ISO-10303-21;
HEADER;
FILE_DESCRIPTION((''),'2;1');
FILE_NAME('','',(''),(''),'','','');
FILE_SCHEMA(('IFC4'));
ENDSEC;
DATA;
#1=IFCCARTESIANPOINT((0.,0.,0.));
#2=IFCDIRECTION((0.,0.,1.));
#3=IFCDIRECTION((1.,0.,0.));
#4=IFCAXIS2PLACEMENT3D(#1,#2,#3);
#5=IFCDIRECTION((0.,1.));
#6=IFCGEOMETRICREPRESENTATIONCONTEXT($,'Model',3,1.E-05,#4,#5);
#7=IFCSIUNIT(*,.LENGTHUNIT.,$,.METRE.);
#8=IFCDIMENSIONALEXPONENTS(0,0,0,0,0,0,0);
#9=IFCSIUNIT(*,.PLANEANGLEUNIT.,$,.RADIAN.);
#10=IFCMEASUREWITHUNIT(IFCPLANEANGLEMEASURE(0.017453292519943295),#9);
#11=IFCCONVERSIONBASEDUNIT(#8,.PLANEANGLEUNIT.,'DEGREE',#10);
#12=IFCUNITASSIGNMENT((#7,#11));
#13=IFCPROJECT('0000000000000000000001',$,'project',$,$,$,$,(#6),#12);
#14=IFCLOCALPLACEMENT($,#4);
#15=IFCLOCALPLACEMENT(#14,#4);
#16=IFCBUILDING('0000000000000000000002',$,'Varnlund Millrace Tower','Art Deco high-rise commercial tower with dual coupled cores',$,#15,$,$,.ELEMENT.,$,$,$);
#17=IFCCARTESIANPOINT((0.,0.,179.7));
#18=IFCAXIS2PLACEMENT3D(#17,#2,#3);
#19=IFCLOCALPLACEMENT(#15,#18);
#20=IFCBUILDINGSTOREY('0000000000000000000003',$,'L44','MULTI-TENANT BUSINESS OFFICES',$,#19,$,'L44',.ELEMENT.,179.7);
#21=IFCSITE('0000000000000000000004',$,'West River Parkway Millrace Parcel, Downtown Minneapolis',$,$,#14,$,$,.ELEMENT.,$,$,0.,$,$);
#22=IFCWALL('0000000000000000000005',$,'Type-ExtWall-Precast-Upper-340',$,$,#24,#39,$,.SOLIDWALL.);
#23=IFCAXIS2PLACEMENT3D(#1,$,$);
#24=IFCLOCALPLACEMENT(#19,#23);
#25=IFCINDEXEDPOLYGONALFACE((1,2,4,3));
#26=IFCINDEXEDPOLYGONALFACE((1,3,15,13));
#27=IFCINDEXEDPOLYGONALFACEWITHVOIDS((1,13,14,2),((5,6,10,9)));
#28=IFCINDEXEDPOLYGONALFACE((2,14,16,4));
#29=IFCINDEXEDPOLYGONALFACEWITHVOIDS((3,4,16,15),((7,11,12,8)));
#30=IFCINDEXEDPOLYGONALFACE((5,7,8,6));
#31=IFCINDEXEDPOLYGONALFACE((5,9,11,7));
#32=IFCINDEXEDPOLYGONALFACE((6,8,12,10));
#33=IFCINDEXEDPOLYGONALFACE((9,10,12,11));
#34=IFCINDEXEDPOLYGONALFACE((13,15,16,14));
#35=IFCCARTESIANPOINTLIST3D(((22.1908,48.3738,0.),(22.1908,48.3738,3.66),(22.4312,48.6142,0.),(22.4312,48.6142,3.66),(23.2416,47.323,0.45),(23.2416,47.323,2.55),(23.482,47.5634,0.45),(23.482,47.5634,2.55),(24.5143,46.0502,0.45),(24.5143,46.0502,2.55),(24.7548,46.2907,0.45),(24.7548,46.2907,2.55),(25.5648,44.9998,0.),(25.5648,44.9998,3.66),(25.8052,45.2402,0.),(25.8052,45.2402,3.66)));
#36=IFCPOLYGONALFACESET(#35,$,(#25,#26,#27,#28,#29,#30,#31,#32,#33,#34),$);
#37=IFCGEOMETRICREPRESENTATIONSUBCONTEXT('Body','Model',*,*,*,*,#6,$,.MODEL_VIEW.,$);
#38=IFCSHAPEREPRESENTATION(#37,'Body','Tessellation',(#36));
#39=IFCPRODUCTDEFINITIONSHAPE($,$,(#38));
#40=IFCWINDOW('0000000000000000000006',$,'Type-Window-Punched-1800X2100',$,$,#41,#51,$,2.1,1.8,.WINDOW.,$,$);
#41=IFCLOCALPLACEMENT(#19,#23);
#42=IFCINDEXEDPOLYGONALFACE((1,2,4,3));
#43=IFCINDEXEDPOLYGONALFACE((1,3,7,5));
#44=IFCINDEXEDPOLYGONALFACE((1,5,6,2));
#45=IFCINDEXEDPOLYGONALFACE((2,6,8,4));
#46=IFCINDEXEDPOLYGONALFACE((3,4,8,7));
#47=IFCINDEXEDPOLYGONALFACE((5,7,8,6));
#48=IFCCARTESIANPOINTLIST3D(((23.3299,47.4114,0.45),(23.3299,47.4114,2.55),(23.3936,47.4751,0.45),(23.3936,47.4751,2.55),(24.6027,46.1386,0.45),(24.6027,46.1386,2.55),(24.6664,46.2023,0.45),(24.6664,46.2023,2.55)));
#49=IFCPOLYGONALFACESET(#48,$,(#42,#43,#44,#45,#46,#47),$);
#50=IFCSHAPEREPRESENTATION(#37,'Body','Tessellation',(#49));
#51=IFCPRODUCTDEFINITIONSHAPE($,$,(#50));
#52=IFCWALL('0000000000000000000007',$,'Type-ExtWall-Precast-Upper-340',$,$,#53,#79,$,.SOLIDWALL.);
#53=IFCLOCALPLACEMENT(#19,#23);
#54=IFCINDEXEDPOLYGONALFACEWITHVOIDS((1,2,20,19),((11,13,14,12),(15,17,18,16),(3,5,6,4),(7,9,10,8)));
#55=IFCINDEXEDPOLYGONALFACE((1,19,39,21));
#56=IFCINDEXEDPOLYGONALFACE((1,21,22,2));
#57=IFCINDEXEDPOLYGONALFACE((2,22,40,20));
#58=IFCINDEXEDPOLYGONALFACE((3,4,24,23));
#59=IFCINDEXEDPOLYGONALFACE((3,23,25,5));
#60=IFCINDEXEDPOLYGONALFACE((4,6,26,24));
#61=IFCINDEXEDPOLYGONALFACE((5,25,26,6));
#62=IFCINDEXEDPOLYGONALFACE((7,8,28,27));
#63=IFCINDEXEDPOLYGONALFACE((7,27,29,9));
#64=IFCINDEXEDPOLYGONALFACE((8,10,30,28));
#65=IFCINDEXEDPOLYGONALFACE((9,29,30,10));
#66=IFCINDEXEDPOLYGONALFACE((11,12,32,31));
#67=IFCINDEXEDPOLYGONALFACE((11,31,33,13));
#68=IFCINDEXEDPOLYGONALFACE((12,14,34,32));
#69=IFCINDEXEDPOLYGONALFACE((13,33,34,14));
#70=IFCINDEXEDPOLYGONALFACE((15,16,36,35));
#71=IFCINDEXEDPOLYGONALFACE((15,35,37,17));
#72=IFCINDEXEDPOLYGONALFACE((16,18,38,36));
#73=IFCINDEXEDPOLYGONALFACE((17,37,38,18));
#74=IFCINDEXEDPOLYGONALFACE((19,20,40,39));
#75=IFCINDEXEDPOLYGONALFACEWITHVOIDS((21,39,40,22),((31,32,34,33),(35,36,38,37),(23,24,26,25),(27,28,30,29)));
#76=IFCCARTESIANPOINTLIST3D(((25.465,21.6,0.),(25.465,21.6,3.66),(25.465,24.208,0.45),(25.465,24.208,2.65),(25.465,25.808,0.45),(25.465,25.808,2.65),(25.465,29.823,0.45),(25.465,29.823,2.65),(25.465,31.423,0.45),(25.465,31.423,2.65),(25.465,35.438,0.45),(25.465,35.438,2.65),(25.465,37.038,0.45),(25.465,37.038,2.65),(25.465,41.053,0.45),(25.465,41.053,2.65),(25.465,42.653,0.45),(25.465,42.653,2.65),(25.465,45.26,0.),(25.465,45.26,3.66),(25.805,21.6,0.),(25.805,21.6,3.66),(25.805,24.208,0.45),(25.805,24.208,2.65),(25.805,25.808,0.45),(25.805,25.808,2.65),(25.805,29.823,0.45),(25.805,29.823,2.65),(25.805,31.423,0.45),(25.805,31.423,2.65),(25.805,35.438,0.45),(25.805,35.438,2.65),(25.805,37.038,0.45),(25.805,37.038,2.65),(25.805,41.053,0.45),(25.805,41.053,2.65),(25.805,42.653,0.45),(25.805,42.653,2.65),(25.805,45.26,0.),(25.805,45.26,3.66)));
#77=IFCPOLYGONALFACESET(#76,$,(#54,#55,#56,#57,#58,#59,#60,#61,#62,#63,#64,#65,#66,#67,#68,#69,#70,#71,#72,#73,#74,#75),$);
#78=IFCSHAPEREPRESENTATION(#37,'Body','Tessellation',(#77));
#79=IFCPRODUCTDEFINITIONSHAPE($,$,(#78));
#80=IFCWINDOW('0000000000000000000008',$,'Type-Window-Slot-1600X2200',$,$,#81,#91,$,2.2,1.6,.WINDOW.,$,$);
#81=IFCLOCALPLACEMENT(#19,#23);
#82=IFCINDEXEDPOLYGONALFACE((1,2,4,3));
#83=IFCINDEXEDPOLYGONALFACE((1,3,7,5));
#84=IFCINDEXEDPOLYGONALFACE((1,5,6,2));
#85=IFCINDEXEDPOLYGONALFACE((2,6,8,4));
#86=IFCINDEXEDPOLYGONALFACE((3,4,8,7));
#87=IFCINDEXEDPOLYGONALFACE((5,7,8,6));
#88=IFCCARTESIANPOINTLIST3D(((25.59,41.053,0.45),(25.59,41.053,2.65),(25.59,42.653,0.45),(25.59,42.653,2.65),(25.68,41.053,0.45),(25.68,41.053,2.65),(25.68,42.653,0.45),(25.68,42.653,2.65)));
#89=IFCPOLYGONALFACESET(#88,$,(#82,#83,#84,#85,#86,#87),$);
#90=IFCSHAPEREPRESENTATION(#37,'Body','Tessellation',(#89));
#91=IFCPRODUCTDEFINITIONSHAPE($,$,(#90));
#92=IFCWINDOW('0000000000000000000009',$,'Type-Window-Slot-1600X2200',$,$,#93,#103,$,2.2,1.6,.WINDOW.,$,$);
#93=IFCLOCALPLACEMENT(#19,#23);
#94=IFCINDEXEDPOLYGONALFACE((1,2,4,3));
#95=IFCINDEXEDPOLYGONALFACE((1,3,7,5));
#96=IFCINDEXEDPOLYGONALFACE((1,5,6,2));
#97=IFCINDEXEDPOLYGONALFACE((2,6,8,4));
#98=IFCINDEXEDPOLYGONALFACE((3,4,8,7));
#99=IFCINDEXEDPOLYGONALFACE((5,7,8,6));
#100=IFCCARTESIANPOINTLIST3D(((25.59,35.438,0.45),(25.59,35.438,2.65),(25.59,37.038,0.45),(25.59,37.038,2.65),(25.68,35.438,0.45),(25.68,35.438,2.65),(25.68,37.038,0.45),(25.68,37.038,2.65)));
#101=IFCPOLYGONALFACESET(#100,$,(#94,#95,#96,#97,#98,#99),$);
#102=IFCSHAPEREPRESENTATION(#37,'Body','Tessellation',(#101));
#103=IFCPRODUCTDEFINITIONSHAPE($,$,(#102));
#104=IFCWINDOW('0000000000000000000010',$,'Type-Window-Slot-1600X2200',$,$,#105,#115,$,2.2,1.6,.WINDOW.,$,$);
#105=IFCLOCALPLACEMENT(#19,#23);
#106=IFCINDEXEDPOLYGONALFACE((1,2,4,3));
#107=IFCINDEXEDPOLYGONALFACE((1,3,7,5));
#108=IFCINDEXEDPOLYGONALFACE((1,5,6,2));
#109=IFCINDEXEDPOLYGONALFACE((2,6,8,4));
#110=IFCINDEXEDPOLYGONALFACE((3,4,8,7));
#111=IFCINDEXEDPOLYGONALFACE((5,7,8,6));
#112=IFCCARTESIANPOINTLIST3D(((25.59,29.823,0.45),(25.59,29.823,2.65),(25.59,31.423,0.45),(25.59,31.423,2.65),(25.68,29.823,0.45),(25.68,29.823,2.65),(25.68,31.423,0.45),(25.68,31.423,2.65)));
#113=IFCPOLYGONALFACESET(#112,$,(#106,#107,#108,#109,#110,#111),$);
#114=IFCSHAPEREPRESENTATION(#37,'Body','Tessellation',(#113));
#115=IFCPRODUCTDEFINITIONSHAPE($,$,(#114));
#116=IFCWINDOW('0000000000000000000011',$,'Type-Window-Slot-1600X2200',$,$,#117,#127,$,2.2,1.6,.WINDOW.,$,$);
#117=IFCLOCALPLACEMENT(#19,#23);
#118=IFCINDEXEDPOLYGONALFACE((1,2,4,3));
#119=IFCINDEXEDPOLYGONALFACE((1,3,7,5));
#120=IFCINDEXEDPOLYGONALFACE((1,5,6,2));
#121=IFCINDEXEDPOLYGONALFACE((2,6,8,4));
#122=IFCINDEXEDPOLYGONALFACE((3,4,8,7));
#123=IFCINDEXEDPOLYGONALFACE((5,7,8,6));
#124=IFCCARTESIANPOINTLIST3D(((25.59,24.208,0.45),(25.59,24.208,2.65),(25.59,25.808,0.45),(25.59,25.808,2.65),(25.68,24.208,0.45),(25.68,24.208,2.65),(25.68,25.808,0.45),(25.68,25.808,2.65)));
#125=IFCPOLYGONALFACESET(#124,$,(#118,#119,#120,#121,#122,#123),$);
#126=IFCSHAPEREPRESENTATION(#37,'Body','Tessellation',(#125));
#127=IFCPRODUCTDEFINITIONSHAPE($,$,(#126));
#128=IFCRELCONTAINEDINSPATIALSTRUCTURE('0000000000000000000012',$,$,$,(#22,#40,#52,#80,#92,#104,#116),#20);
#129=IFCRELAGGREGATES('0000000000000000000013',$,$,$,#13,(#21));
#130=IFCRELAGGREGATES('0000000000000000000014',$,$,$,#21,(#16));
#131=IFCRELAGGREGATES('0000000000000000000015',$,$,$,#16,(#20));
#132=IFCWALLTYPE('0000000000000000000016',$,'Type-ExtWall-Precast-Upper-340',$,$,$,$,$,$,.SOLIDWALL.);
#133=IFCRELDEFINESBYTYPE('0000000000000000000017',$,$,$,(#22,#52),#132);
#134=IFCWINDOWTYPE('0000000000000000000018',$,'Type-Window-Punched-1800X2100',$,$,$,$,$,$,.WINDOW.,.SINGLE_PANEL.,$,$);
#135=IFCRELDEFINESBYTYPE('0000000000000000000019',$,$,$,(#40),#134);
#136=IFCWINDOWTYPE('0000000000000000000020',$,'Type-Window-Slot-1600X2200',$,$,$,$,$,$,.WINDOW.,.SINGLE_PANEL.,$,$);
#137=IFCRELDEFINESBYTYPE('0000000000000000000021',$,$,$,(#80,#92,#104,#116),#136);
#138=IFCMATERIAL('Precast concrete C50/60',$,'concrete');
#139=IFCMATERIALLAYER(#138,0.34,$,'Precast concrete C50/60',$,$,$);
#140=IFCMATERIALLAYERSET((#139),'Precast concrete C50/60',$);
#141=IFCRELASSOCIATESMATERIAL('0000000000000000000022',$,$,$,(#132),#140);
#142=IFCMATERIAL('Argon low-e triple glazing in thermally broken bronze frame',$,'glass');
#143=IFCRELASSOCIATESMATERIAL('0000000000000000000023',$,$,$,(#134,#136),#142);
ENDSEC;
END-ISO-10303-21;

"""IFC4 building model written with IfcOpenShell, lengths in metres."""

from ifc_helpers import new_model, entity, si_unit, converted_unit, direction, frame, origin_with_axes, origin_2d_with_axis, place, context, subcontext, project, spatial, polyline, rectangle, outline, extrude, material, layer, layer_set, type_object, element, fill, save


model = new_model("IFC4")

# Units and contexts
model_context = context("Model", 3, precision=1e-05, world=origin_with_axes(), true_north=direction((0.0, 1.0)))
body_context = subcontext(model_context, "Body", "Model", "MODEL_VIEW")
ifc_project = project(units=[si_unit("LENGTHUNIT", "METRE"), converted_unit("PLANEANGLEUNIT", "DEGREE", entity("IfcPlaneAngleMeasure", 0.017453292519943295), si_unit("PLANEANGLEUNIT", "RADIAN"), dimensions=[0, 0, 0, 0, 0, 0, 0])], contexts=[model_context])

# Site, building, storey
site_placement = place(None, origin_with_axes())
site = spatial("IfcSite", under=ifc_project, at=site_placement, Name="West River Parkway Millrace Parcel, Downtown Minneapolis", CompositionType="ELEMENT", RefElevation=0.0)
building_placement = place(site_placement, origin_with_axes())
building = spatial("IfcBuilding", under=site, at=building_placement, Name="Varnlund Millrace Tower", Description="Art Deco high-rise commercial tower with dual coupled cores", CompositionType="ELEMENT")
storey_placement = place(building_placement, frame((0.0, 0.0, 179.7), z_axis=(0.0, 0.0, 1.0), x_axis=(1.0, 0.0, 0.0)))
storey = spatial("IfcBuildingStorey", under=building, at=storey_placement, Name="L44", Description="MULTI-TENANT BUSINESS OFFICES", LongName="L44", CompositionType="ELEMENT", Elevation=179.7)

# Shared definitions
ifc_material_1 = material(Name="Precast concrete C50/60", Category="concrete")
ifc_layer_1 = layer(ifc_material_1, 0.34, Name="Precast concrete C50/60")
ifc_layer_set_1 = layer_set([ifc_layer_1], Name="Precast concrete C50/60")
wall_type_1 = type_object("IfcWallType", Name="Type-ExtWall-Precast-Upper-340", PredefinedType="SOLIDWALL", material=ifc_layer_set_1)

# Shared definitions
ifc_material_2 = material(Name="Argon low-e triple glazing in thermally broken bronze frame", Category="glass")
window_type_1 = type_object("IfcWindowType", Name="Type-Window-Punched-1800X2100", PartitioningType="SINGLE_PANEL", PredefinedType="WINDOW", material=ifc_material_2)

# Wall, opening, window
wall_1_placement = place(storey_placement, frame((22.311, 48.494, 0.0), z_axis=(0.0, 0.0, 1.0), x_axis=(0.707107, -0.707107, 0.0)))
wall_1 = element("IfcWall", 1, at=wall_1_placement, inside=storey, type_object=wall_type_1, Name="Type-ExtWall-Precast-Upper-340", PredefinedType="SOLIDWALL", context=body_context, shape_type="SweptSolid", body=[
    extrude(outline(polyline([(0.0, -0.17), (4.7716, -0.17), (4.7716, 0.17), (0.0, 0.17), (0.0, -0.17)])), origin_with_axes(), (0.0, 0.0, 1.0), 3.66),
])
opening_1_placement = place(wall_1_placement, frame((2.386, 0.0, 0.45), z_axis=(0.0, 0.0, 1.0), x_axis=(1.0, 0.0, 0.0)))
opening_1 = element("IfcOpeningElement", 2, at=opening_1_placement, cuts=wall_1, PredefinedType="OPENING", context=body_context, shape_type="SweptSolid", body=[
    extrude(rectangle(XDim=1.8, YDim=0.36, at=origin_2d_with_axis()), origin_with_axes(), (0.0, 0.0, 1.0), 2.1),
])
window_1_placement = place(wall_1_placement, frame((2.386, 0.0, 0.45), z_axis=(0.0, 0.0, 1.0), x_axis=(1.0, 0.0, 0.0)))
window_1 = element("IfcWindow", 3, at=window_1_placement, inside=storey, type_object=window_type_1, Name="Type-Window-Punched-1800X2100", OverallHeight=2.1, OverallWidth=1.8, PredefinedType="WINDOW", context=body_context, shape_type="SweptSolid", body=[
    extrude(rectangle(XDim=1.8, YDim=0.09, at=origin_2d_with_axis()), origin_with_axes(), (0.0, 0.0, 1.0), 2.1),
])
fill(opening_1, window_1)

# Wall, openings, windows
wall_2_placement = place(storey_placement, frame((25.635, 45.26, 0.0), z_axis=(0.0, 0.0, 1.0), x_axis=(0.0, -1.0, 0.0)))
wall_2 = element("IfcWall", 4, at=wall_2_placement, inside=storey, type_object=wall_type_1, Name="Type-ExtWall-Precast-Upper-340", PredefinedType="SOLIDWALL", context=body_context, shape_type="SweptSolid", body=[
    extrude(outline(polyline([(0.0, -0.17), (23.66, -0.17), (23.66, 0.17), (0.0, 0.17), (0.0, -0.17)])), origin_with_axes(), (0.0, 0.0, 1.0), 3.66),
])
opening_2_placement = place(wall_2_placement, frame((3.407, 0.0, 0.45), z_axis=(0.0, 0.0, 1.0), x_axis=(1.0, 0.0, 0.0)))
opening_2 = element("IfcOpeningElement", 5, at=opening_2_placement, cuts=wall_2, PredefinedType="OPENING", context=body_context, shape_type="SweptSolid", body=[
    extrude(rectangle(XDim=1.6, YDim=0.36, at=origin_2d_with_axis()), origin_with_axes(), (0.0, 0.0, 1.0), 2.2),
])
opening_3_placement = place(wall_2_placement, frame((9.022, 0.0, 0.45), z_axis=(0.0, 0.0, 1.0), x_axis=(1.0, 0.0, 0.0)))
opening_3 = element("IfcOpeningElement", 6, at=opening_3_placement, cuts=wall_2, PredefinedType="OPENING", context=body_context, shape_type="SweptSolid", body=[
    extrude(rectangle(XDim=1.6, YDim=0.36, at=origin_2d_with_axis()), origin_with_axes(), (0.0, 0.0, 1.0), 2.2),
])
opening_4_placement = place(wall_2_placement, frame((14.637, 0.0, 0.45), z_axis=(0.0, 0.0, 1.0), x_axis=(1.0, 0.0, 0.0)))
opening_4 = element("IfcOpeningElement", 7, at=opening_4_placement, cuts=wall_2, PredefinedType="OPENING", context=body_context, shape_type="SweptSolid", body=[
    extrude(rectangle(XDim=1.6, YDim=0.36, at=origin_2d_with_axis()), origin_with_axes(), (0.0, 0.0, 1.0), 2.2),
])
opening_5_placement = place(wall_2_placement, frame((20.252, 0.0, 0.45), z_axis=(0.0, 0.0, 1.0), x_axis=(1.0, 0.0, 0.0)))
opening_5 = element("IfcOpeningElement", 8, at=opening_5_placement, cuts=wall_2, PredefinedType="OPENING", context=body_context, shape_type="SweptSolid", body=[
    extrude(rectangle(XDim=1.6, YDim=0.36, at=origin_2d_with_axis()), origin_with_axes(), (0.0, 0.0, 1.0), 2.2),
])
window_type_2 = type_object("IfcWindowType", Name="Type-Window-Slot-1600X2200", PartitioningType="SINGLE_PANEL", PredefinedType="WINDOW", material=ifc_material_2)
window_2_placement = place(wall_2_placement, frame((3.407, 0.0, 0.45), z_axis=(0.0, 0.0, 1.0), x_axis=(1.0, 0.0, 0.0)))
window_2 = element("IfcWindow", 9, at=window_2_placement, inside=storey, type_object=window_type_2, Name="Type-Window-Slot-1600X2200", OverallHeight=2.2, OverallWidth=1.6, PredefinedType="WINDOW", context=body_context, shape_type="SweptSolid", body=[
    extrude(rectangle(XDim=1.6, YDim=0.09, at=origin_2d_with_axis()), origin_with_axes(), (0.0, 0.0, 1.0), 2.2),
])
fill(opening_2, window_2)
window_3_placement = place(wall_2_placement, frame((9.022, 0.0, 0.45), z_axis=(0.0, 0.0, 1.0), x_axis=(1.0, 0.0, 0.0)))
window_3 = element("IfcWindow", 10, at=window_3_placement, inside=storey, type_object=window_type_2, Name="Type-Window-Slot-1600X2200", OverallHeight=2.2, OverallWidth=1.6, PredefinedType="WINDOW", context=body_context, shape_type="SweptSolid", body=[
    extrude(rectangle(XDim=1.6, YDim=0.09, at=origin_2d_with_axis()), origin_with_axes(), (0.0, 0.0, 1.0), 2.2),
])
fill(opening_3, window_3)
window_4_placement = place(wall_2_placement, frame((14.637, 0.0, 0.45), z_axis=(0.0, 0.0, 1.0), x_axis=(1.0, 0.0, 0.0)))
window_4 = element("IfcWindow", 11, at=window_4_placement, inside=storey, type_object=window_type_2, Name="Type-Window-Slot-1600X2200", OverallHeight=2.2, OverallWidth=1.6, PredefinedType="WINDOW", context=body_context, shape_type="SweptSolid", body=[
    extrude(rectangle(XDim=1.6, YDim=0.09, at=origin_2d_with_axis()), origin_with_axes(), (0.0, 0.0, 1.0), 2.2),
])
fill(opening_4, window_4)
window_5_placement = place(wall_2_placement, frame((20.252, 0.0, 0.45), z_axis=(0.0, 0.0, 1.0), x_axis=(1.0, 0.0, 0.0)))
window_5 = element("IfcWindow", 12, at=window_5_placement, inside=storey, type_object=window_type_2, Name="Type-Window-Slot-1600X2200", OverallHeight=2.2, OverallWidth=1.6, PredefinedType="WINDOW", context=body_context, shape_type="SweptSolid", body=[
    extrude(rectangle(XDim=1.6, YDim=0.09, at=origin_2d_with_axis()), origin_with_axes(), (0.0, 0.0, 1.0), 2.2),
])
fill(opening_5, window_5)

save(model, "model.ifc")
